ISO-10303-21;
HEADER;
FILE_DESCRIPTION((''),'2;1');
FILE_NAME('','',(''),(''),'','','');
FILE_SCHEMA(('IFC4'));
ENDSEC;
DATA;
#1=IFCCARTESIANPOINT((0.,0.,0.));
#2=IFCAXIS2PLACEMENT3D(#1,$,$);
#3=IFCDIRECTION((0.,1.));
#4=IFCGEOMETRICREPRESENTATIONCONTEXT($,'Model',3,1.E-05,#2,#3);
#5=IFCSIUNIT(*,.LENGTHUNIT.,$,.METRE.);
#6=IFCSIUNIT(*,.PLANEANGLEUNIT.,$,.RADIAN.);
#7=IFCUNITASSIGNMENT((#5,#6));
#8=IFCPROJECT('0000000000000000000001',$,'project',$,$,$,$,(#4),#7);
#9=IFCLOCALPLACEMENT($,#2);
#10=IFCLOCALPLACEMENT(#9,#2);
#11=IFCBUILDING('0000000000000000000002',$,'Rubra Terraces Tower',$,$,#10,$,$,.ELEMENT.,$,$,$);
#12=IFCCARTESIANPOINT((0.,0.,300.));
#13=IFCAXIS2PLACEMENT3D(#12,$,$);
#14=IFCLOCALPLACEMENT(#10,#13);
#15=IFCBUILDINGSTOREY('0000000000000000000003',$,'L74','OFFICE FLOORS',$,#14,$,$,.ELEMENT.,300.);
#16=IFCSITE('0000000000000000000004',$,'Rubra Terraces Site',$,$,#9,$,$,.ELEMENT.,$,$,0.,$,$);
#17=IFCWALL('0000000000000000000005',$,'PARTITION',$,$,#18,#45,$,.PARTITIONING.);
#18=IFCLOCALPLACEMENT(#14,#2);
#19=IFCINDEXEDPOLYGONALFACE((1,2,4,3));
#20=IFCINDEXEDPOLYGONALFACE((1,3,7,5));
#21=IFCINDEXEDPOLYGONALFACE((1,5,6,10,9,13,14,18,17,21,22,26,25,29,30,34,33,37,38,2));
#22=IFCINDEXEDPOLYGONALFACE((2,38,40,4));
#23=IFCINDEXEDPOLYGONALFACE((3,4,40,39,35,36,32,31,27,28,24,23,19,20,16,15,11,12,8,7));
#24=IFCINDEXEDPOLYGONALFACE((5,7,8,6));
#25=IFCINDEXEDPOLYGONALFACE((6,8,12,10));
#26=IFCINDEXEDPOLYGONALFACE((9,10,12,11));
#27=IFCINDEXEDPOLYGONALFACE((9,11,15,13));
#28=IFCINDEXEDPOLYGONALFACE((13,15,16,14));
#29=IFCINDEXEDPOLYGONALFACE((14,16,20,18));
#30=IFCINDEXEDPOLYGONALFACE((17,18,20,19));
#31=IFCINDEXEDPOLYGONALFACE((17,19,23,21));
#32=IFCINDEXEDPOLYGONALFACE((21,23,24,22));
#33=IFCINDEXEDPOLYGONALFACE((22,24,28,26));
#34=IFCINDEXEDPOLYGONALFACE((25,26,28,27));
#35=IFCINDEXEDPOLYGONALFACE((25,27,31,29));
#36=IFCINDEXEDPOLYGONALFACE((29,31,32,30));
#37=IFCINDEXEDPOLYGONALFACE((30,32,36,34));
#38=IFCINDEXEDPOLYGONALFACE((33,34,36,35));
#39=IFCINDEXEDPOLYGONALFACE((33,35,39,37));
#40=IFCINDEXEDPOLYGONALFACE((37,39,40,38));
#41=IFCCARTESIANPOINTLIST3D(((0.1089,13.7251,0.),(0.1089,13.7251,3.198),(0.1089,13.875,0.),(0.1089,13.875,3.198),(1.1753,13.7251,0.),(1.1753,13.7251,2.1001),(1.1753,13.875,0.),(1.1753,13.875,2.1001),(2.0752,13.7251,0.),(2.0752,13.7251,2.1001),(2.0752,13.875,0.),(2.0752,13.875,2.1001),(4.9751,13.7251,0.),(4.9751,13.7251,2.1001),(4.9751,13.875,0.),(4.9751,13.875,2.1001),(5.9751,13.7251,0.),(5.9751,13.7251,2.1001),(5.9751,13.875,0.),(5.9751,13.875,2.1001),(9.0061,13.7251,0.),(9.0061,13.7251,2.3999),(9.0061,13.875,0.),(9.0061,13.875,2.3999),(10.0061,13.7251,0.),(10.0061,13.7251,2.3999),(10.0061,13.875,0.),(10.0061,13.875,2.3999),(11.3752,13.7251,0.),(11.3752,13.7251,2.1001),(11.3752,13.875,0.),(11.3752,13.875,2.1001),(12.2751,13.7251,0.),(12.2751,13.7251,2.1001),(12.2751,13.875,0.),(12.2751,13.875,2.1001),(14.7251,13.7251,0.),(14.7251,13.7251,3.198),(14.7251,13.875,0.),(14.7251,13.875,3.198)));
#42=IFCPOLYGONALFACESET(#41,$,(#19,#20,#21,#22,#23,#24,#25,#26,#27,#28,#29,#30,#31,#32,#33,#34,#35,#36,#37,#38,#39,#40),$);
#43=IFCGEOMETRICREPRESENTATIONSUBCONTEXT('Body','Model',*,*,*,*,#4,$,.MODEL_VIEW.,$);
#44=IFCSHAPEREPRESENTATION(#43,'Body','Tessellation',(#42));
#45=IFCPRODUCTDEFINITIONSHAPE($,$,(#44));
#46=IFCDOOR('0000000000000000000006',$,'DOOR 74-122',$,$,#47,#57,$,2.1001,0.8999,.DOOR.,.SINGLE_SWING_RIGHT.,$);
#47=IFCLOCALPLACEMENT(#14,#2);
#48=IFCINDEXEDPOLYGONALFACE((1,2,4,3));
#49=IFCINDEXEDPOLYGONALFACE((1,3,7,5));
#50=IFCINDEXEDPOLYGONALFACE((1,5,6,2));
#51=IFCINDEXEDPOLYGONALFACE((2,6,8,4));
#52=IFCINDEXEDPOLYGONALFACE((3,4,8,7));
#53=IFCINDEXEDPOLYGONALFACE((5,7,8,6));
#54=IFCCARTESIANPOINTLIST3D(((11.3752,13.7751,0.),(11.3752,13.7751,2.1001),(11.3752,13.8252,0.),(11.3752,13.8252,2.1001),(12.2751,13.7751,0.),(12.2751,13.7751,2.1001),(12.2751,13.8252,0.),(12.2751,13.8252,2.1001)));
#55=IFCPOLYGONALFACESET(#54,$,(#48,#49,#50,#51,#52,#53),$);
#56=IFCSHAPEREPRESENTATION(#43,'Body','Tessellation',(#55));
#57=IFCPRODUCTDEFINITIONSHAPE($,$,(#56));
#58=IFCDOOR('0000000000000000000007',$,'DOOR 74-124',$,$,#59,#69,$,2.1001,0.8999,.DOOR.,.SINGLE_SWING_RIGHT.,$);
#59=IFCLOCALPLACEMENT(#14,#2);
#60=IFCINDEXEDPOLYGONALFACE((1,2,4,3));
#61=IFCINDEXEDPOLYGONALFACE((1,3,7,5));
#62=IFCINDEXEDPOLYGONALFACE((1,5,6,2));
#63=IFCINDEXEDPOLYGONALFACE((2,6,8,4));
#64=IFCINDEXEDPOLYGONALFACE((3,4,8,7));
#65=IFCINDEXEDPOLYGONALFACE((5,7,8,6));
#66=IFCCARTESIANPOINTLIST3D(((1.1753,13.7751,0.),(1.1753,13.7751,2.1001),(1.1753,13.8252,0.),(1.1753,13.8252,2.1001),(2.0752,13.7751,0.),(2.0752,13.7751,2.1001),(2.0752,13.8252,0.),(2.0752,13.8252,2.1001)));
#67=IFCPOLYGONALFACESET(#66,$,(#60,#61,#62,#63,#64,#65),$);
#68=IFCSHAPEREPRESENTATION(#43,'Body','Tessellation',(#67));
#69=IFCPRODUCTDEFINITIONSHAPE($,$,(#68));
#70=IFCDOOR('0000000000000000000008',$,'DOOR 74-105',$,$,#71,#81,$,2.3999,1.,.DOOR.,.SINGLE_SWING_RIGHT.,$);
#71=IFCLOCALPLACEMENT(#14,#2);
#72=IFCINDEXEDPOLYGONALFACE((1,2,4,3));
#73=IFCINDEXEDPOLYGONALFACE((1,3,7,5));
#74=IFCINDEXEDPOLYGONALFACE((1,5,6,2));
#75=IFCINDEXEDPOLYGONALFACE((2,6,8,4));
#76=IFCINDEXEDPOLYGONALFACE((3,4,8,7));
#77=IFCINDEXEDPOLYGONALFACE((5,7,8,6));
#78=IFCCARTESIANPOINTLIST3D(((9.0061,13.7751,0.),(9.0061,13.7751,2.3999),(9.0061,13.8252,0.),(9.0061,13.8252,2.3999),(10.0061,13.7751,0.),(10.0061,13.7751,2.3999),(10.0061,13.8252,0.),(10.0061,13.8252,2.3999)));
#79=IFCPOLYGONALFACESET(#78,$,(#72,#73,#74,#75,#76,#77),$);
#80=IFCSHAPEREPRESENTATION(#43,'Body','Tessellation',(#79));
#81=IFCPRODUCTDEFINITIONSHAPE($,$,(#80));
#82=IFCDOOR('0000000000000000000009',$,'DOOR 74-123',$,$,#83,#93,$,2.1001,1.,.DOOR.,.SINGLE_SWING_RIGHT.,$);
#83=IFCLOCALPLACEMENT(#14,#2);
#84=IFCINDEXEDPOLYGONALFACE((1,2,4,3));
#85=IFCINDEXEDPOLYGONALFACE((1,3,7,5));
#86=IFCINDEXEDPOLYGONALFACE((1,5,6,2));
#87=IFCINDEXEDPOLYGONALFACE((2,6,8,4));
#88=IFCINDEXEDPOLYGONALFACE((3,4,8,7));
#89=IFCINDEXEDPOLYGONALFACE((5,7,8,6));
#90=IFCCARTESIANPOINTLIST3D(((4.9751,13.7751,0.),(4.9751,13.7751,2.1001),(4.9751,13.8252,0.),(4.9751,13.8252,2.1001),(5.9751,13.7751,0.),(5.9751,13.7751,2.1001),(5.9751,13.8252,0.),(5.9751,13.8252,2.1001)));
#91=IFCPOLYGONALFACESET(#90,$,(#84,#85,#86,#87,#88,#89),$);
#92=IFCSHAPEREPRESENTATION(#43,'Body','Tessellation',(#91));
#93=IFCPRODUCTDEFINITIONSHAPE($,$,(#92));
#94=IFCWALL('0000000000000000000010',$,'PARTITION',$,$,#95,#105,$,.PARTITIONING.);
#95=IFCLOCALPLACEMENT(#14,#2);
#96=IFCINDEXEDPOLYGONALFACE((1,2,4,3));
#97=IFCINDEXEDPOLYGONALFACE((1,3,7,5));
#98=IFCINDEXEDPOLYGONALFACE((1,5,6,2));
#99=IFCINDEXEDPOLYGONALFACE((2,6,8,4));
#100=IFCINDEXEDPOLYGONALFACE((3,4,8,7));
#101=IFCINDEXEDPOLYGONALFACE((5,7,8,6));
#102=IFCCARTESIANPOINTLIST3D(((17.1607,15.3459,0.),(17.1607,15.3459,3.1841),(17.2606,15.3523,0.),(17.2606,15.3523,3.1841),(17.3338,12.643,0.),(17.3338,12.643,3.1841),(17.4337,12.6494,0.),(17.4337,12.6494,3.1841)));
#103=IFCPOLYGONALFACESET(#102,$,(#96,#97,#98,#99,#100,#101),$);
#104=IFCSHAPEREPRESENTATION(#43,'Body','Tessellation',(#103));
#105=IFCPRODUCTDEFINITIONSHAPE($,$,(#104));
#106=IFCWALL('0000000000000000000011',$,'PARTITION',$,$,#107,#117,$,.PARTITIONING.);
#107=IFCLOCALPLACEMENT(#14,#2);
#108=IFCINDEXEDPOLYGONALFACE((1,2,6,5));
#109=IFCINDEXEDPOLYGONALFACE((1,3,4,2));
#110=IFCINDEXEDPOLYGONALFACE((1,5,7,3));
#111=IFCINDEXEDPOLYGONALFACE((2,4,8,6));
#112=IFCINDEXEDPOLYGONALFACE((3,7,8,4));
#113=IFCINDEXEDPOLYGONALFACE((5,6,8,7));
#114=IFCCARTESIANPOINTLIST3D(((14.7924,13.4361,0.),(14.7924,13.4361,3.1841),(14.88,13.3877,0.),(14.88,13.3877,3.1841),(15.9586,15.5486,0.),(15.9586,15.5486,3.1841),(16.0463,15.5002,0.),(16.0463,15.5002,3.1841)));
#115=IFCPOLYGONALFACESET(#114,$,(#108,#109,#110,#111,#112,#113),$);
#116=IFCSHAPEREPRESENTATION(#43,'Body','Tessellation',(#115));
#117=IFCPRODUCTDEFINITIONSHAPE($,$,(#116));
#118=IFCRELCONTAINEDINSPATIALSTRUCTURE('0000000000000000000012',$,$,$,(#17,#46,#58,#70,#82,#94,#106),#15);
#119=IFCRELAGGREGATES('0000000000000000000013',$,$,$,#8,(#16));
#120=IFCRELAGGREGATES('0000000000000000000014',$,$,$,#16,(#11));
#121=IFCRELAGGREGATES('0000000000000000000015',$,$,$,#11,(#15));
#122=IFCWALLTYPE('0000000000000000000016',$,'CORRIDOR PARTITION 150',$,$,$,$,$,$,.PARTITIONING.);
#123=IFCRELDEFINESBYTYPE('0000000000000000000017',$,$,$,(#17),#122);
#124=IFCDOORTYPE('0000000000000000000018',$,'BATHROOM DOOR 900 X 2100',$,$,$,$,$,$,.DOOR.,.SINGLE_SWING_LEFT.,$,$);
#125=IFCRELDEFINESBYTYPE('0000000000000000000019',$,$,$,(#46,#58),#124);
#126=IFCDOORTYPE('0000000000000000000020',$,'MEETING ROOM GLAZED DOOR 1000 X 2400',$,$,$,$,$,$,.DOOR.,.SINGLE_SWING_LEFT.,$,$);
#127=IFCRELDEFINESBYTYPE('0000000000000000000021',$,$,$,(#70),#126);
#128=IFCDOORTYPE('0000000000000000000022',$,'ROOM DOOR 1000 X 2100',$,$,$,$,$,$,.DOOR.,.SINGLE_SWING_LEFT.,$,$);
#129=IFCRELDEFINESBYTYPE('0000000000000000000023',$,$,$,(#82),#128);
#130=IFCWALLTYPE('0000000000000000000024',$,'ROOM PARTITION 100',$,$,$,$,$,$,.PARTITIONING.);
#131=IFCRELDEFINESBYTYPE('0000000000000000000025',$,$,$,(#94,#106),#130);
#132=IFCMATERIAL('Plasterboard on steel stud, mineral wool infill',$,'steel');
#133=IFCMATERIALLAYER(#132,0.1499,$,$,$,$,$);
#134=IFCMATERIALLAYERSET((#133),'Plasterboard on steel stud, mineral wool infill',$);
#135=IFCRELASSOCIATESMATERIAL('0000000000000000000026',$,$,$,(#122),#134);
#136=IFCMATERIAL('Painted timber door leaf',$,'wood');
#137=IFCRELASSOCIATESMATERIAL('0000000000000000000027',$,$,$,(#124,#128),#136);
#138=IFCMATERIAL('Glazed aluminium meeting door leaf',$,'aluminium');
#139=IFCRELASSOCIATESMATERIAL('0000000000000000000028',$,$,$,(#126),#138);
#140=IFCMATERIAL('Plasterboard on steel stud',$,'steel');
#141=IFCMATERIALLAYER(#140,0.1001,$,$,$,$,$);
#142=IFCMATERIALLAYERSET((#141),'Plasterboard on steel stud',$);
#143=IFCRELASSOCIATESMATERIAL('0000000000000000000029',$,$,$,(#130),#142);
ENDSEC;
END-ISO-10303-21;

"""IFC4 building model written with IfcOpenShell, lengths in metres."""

from ifc_helpers import new_model, si_unit, direction, frame, frame_2d, origin, place, context, subcontext, project, spatial, rectangle, extrude, material, layer, layer_set, type_object, element, fill, save


model = new_model("IFC4")

# Units and contexts
model_context = context("Model", 3, precision=1e-05, world=origin(), true_north=direction((0.0, 1.0)))
body_context = subcontext(model_context, "Body", "Model", "MODEL_VIEW")
ifc_project = project(units=[si_unit("LENGTHUNIT", "METRE"), si_unit("PLANEANGLEUNIT", "RADIAN")], contexts=[model_context])

# Site, building, storey
site_placement = place(None, origin())
site = spatial("IfcSite", under=ifc_project, at=site_placement, Name="Rubra Terraces Site", CompositionType="ELEMENT", RefElevation=0.0)
building_placement = place(site_placement, origin())
building = spatial("IfcBuilding", under=site, at=building_placement, Name="Rubra Terraces Tower", CompositionType="ELEMENT")
storey_placement = place(building_placement, frame((0.0, 0.0, 300.0)))
storey = spatial("IfcBuildingStorey", under=building, at=storey_placement, Name="L74", Description="OFFICE FLOORS", CompositionType="ELEMENT", Elevation=300.0)

# Wall, openings, doors
ifc_material_1 = material(Name="Plasterboard on steel stud, mineral wool infill", Category="steel")
ifc_layer_1 = layer(ifc_material_1, 0.1499)
ifc_layer_set_1 = layer_set([ifc_layer_1], Name="Plasterboard on steel stud, mineral wool infill")
wall_type_1 = type_object("IfcWallType", Name="CORRIDOR PARTITION 150", PredefinedType="PARTITIONING", material=ifc_layer_set_1)
wall_1_placement = place(storey_placement, frame((14.7251, 13.8, 0.0), z_axis=(0.0, 0.0, 1.0), x_axis=(-1.0, 0.0, 0.0)))
wall_1 = element("IfcWall", 1, at=wall_1_placement, inside=storey, type_object=wall_type_1, Name="PARTITION", PredefinedType="PARTITIONING", context=body_context, shape_type="SweptSolid", body=[
    extrude(rectangle(XDim=14.6162, YDim=0.1499, at=frame_2d((7.3081, 0.0))), origin(), (0.0, 0.0, 1.0), 3.198),
])
opening_1_placement = place(wall_1_placement, frame((4.719, 0.0, 0.0)))
opening_1 = element("IfcOpeningElement", 2, at=opening_1_placement, cuts=wall_1, PredefinedType="OPENING", context=body_context, shape_type="SweptSolid", body=[
    extrude(rectangle(XDim=1.0, YDim=2.3999, at=frame_2d((0.5, 1.2))), frame((0.0, 0.085, 0.0), z_axis=(0.0, -1.0, 0.0), x_axis=(1.0, 0.0, 0.0)), (0.0, 0.0, 1.0), 0.1699),
])
opening_2_placement = place(wall_1_placement, frame((2.45, 0.0, 0.0)))
opening_2 = element("IfcOpeningElement", 3, at=opening_2_placement, cuts=wall_1, PredefinedType="OPENING", context=body_context, shape_type="SweptSolid", body=[
    extrude(rectangle(XDim=0.8999, YDim=2.1001, at=frame_2d((0.45, 1.05))), frame((0.0, 0.085, 0.0), z_axis=(0.0, -1.0, 0.0), x_axis=(1.0, 0.0, 0.0)), (0.0, 0.0, 1.0), 0.1699),
])
opening_3_placement = place(wall_1_placement, frame((8.75, 0.0, 0.0)))
opening_3 = element("IfcOpeningElement", 4, at=opening_3_placement, cuts=wall_1, PredefinedType="OPENING", context=body_context, shape_type="SweptSolid", body=[
    extrude(rectangle(XDim=1.0, YDim=2.1001, at=frame_2d((0.5, 1.05))), frame((0.0, 0.085, 0.0), z_axis=(0.0, -1.0, 0.0), x_axis=(1.0, 0.0, 0.0)), (0.0, 0.0, 1.0), 0.1699),
])
opening_4_placement = place(wall_1_placement, frame((12.6499, 0.0, 0.0)))
opening_4 = element("IfcOpeningElement", 5, at=opening_4_placement, cuts=wall_1, PredefinedType="OPENING", context=body_context, shape_type="SweptSolid", body=[
    extrude(rectangle(XDim=0.8999, YDim=2.1001, at=frame_2d((0.45, 1.05))), frame((0.0, 0.085, 0.0), z_axis=(0.0, -1.0, 0.0), x_axis=(1.0, 0.0, 0.0)), (0.0, 0.0, 1.0), 0.1699),
])
ifc_material_2 = material(Name="Painted timber door leaf", Category="wood")
door_type_1 = type_object("IfcDoorType", Name="BATHROOM DOOR 900 X 2100", OperationType="SINGLE_SWING_LEFT", PredefinedType="DOOR", material=ifc_material_2)
door_1_placement = place(opening_2_placement, origin())
door_1 = element("IfcDoor", 6, at=door_1_placement, inside=storey, type_object=door_type_1, Name="DOOR 74-122", OperationType="SINGLE_SWING_RIGHT", OverallHeight=2.1001, OverallWidth=0.8999, PredefinedType="DOOR", context=body_context, shape_type="SweptSolid", body=[
    extrude(rectangle(XDim=0.8999, YDim=2.1001, at=frame_2d((0.45, 1.05))), frame((0.0, 0.0249, 0.0), z_axis=(0.0, -1.0, 0.0), x_axis=(1.0, 0.0, 0.0)), (0.0, 0.0, 1.0), 0.05),
])
fill(opening_2, door_1)
door_2_placement = place(opening_4_placement, origin())
door_2 = element("IfcDoor", 7, at=door_2_placement, inside=storey, type_object=door_type_1, Name="DOOR 74-124", OperationType="SINGLE_SWING_RIGHT", OverallHeight=2.1001, OverallWidth=0.8999, PredefinedType="DOOR", context=body_context, shape_type="SweptSolid", body=[
    extrude(rectangle(XDim=0.8999, YDim=2.1001, at=frame_2d((0.45, 1.05))), frame((0.0, 0.0249, 0.0), z_axis=(0.0, -1.0, 0.0), x_axis=(1.0, 0.0, 0.0)), (0.0, 0.0, 1.0), 0.05),
])
fill(opening_4, door_2)
ifc_material_3 = material(Name="Glazed aluminium meeting door leaf", Category="aluminium")
door_type_2 = type_object("IfcDoorType", Name="MEETING ROOM GLAZED DOOR 1000 X 2400", OperationType="SINGLE_SWING_LEFT", PredefinedType="DOOR", material=ifc_material_3)
door_3_placement = place(opening_1_placement, origin())
door_3 = element("IfcDoor", 8, at=door_3_placement, inside=storey, type_object=door_type_2, Name="DOOR 74-105", OperationType="SINGLE_SWING_RIGHT", OverallHeight=2.3999, OverallWidth=1.0, PredefinedType="DOOR", context=body_context, shape_type="SweptSolid", body=[
    extrude(rectangle(XDim=1.0, YDim=2.3999, at=frame_2d((0.5, 1.2))), frame((0.0, 0.0249, 0.0), z_axis=(0.0, -1.0, 0.0), x_axis=(1.0, 0.0, 0.0)), (0.0, 0.0, 1.0), 0.05),
])
fill(opening_1, door_3)
door_type_3 = type_object("IfcDoorType", Name="ROOM DOOR 1000 X 2100", OperationType="SINGLE_SWING_LEFT", PredefinedType="DOOR", material=ifc_material_2)
door_4_placement = place(opening_3_placement, origin())
door_4 = element("IfcDoor", 9, at=door_4_placement, inside=storey, type_object=door_type_3, Name="DOOR 74-123", OperationType="SINGLE_SWING_RIGHT", OverallHeight=2.1001, OverallWidth=1.0, PredefinedType="DOOR", context=body_context, shape_type="SweptSolid", body=[
    extrude(rectangle(XDim=1.0, YDim=2.1001, at=frame_2d((0.5, 1.05))), frame((0.0, 0.0249, 0.0), z_axis=(0.0, -1.0, 0.0), x_axis=(1.0, 0.0, 0.0)), (0.0, 0.0, 1.0), 0.05),
])
fill(opening_3, door_4)

# Walls
ifc_material_4 = material(Name="Plasterboard on steel stud", Category="steel")
ifc_layer_2 = layer(ifc_material_4, 0.1001)
ifc_layer_set_2 = layer_set([ifc_layer_2], Name="Plasterboard on steel stud")
wall_type_2 = type_object("IfcWallType", Name="ROOM PARTITION 100", PredefinedType="PARTITIONING", material=ifc_layer_set_2)
wall_2_placement = place(storey_placement, frame((17.2107, 15.3491, 0.0), z_axis=(0.0, 0.0, 1.0), x_axis=(0.06391, -0.997956, 0.0)))
element("IfcWall", 10, at=wall_2_placement, inside=storey, type_object=wall_type_2, Name="PARTITION", PredefinedType="PARTITIONING", context=body_context, shape_type="SweptSolid", body=[
    extrude(rectangle(XDim=2.7085, YDim=0.1001, at=frame_2d((1.3542, 0.0))), origin(), (0.0, 0.0, 1.0), 3.1841),
])
wall_3_placement = place(storey_placement, frame((14.8362, 13.4119, 0.0), z_axis=(0.0, 0.0, 1.0), x_axis=(0.483305, 0.875452, 0.0)))
element("IfcWall", 11, at=wall_3_placement, inside=storey, type_object=wall_type_2, Name="PARTITION", PredefinedType="PARTITIONING", context=body_context, shape_type="SweptSolid", body=[
    extrude(rectangle(XDim=2.4131, YDim=0.1001, at=frame_2d((1.2065, 0.0))), origin(), (0.0, 0.0, 1.0), 3.1841),
])

save(model, "model.ifc")
